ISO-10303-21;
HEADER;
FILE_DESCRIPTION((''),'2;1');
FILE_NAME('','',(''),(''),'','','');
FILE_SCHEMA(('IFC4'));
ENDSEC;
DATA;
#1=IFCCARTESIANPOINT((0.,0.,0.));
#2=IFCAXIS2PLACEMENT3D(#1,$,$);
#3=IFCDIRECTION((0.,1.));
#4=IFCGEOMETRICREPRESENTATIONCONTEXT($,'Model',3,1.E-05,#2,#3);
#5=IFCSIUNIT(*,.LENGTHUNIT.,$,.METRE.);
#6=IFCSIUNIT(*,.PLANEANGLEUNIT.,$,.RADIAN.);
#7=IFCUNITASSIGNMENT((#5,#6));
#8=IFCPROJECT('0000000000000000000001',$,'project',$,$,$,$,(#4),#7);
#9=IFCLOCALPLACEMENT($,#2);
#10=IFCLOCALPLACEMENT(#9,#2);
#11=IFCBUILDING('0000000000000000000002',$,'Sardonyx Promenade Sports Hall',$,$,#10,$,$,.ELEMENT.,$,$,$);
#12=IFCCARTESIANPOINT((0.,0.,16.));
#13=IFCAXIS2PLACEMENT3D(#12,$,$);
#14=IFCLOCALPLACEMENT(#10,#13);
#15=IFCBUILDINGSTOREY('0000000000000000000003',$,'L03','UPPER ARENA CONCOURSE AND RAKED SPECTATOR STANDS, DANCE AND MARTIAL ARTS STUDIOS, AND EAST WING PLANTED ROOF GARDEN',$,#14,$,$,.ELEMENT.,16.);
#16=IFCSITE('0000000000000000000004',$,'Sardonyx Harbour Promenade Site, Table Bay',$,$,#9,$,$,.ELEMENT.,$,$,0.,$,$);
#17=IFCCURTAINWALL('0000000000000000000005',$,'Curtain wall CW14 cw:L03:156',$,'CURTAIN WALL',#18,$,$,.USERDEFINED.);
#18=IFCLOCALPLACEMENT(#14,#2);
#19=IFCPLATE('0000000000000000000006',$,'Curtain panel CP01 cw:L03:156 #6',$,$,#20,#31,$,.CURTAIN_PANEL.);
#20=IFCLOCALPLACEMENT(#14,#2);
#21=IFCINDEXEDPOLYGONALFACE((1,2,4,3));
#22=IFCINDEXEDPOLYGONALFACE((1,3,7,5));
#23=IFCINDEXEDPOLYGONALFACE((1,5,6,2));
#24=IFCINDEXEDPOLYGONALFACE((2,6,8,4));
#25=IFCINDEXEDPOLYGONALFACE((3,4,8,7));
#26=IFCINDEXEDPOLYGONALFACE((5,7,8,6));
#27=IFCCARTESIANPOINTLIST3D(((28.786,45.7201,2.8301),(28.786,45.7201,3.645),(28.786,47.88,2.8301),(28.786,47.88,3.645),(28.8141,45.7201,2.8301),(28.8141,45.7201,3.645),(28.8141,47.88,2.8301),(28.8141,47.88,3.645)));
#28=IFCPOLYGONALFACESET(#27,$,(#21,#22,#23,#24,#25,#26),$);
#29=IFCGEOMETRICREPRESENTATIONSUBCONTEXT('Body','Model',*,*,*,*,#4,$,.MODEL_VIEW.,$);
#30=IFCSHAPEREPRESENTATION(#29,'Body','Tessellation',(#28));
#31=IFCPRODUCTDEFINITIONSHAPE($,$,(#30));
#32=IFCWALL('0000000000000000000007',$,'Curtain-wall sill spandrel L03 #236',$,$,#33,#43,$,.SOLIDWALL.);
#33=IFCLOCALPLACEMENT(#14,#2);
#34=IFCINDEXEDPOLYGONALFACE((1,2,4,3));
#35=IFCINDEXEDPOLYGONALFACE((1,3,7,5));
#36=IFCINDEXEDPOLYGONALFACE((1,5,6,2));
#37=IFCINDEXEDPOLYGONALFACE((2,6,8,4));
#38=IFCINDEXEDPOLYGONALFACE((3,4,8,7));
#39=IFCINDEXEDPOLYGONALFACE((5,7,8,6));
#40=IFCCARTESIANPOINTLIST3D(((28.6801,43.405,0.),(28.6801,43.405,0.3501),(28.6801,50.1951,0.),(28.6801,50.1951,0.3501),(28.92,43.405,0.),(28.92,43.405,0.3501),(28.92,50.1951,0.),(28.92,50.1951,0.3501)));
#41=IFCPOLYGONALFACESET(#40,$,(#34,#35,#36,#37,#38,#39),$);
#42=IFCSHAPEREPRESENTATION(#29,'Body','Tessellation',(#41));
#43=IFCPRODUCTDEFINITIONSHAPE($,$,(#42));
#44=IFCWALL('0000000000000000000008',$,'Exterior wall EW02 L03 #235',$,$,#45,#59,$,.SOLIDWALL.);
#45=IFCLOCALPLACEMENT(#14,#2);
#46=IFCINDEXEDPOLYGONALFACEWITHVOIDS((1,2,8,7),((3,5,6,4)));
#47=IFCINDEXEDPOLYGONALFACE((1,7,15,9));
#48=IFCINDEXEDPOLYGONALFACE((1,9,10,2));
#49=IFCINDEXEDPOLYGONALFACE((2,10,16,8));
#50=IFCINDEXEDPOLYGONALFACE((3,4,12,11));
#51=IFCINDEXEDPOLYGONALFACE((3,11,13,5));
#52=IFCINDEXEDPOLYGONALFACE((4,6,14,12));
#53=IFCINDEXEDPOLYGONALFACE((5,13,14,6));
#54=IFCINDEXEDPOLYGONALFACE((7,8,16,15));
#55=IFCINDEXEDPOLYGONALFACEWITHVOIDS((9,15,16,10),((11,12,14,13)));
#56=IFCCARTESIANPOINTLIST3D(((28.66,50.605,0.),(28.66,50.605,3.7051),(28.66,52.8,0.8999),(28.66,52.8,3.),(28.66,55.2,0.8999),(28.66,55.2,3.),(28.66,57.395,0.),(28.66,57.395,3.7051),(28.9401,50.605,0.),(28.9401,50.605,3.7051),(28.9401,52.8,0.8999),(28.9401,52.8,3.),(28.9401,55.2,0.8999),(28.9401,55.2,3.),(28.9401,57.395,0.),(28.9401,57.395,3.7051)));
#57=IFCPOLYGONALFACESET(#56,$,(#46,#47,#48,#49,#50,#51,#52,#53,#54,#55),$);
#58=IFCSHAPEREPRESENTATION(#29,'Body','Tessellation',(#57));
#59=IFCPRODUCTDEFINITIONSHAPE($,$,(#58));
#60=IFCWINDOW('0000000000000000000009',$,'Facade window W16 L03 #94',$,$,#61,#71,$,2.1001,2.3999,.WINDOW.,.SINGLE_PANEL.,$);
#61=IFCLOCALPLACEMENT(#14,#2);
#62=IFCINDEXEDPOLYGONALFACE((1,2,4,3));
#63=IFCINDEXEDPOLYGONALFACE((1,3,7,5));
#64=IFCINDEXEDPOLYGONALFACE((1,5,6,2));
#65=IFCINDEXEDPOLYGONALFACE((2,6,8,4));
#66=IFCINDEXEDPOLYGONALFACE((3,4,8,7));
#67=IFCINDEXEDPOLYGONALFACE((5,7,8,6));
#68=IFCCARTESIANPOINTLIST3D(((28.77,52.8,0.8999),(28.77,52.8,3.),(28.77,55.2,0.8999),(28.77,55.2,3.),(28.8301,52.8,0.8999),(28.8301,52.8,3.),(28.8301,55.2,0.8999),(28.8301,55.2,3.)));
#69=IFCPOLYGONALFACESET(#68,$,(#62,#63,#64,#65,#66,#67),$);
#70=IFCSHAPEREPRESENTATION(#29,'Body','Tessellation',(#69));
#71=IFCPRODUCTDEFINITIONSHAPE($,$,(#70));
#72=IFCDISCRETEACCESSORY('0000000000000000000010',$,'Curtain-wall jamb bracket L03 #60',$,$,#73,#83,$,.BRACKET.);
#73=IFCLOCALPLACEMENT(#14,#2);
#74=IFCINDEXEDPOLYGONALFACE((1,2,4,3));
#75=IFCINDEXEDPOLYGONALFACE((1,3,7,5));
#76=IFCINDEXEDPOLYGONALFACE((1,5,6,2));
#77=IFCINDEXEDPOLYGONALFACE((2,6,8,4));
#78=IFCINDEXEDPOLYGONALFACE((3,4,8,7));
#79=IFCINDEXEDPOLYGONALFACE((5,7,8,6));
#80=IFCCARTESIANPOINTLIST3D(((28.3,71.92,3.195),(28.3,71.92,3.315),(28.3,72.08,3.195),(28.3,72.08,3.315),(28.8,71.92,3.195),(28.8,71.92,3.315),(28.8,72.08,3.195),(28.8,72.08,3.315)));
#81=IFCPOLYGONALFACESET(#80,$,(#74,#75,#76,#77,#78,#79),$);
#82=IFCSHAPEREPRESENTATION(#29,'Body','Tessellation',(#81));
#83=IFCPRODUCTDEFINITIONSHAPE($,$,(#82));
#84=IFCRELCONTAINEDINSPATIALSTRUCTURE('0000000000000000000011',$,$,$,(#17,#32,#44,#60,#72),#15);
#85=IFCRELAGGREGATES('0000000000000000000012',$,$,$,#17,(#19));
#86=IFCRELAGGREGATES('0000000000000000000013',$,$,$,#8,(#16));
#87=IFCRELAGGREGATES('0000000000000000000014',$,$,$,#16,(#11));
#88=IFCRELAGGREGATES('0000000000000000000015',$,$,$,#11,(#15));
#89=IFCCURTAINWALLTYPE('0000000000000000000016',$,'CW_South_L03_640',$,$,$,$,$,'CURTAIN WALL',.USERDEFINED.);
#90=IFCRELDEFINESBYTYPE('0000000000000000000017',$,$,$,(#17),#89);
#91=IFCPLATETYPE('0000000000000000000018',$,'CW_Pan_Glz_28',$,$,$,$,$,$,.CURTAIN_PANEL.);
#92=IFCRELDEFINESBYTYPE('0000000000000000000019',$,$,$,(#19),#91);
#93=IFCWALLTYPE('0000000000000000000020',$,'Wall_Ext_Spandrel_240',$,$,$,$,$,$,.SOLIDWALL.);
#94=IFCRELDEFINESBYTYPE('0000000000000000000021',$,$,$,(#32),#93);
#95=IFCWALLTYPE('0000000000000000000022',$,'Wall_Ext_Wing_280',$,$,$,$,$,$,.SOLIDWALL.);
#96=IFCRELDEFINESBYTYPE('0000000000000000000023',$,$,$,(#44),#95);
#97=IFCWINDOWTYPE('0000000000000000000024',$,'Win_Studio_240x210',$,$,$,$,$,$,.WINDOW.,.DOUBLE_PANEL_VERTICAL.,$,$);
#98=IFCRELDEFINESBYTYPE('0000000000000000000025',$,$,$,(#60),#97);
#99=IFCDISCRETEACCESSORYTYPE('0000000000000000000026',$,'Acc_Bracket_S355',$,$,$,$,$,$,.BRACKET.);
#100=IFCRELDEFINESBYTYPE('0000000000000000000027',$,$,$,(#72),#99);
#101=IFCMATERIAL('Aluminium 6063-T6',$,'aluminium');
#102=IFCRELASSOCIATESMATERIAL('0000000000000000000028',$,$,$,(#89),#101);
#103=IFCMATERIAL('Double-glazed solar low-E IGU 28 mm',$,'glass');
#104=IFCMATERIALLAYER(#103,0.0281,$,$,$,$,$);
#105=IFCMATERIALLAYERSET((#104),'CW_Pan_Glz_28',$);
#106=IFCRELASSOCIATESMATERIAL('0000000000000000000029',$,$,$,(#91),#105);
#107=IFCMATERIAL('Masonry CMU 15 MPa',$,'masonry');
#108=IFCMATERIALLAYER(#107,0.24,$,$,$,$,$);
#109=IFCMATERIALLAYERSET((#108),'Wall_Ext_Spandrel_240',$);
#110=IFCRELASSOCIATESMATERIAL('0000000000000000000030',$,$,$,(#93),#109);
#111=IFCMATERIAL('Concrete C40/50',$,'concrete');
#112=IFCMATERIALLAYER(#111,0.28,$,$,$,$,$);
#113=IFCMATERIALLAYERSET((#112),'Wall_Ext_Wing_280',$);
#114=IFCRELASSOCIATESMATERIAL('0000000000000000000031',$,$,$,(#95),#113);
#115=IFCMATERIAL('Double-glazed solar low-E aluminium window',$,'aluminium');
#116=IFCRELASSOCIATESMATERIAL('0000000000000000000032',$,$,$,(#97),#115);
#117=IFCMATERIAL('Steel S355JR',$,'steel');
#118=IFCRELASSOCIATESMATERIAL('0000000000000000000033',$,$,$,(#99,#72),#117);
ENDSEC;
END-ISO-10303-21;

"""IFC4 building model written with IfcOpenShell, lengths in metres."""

from ifc_helpers import new_model, si_unit, direction, frame, frame_2d, origin, origin_2d, place, context, subcontext, project, spatial, rectangle, extrude, material, layer, layer_set, type_object, element, fill, aggregate, save


model = new_model("IFC4")

# Units and contexts
model_context = context("Model", 3, precision=1e-05, world=origin(), true_north=direction((0.0, 1.0)))
body_context = subcontext(model_context, "Body", "Model", "MODEL_VIEW")
ifc_project = project(units=[si_unit("LENGTHUNIT", "METRE"), si_unit("PLANEANGLEUNIT", "RADIAN")], contexts=[model_context])

# Site, building, storey
site_placement = place(None, origin())
site = spatial("IfcSite", under=ifc_project, at=site_placement, Name="Sardonyx Harbour Promenade Site, Table Bay", CompositionType="ELEMENT", RefElevation=0.0)
building_placement = place(site_placement, origin())
building = spatial("IfcBuilding", under=site, at=building_placement, Name="Sardonyx Promenade Sports Hall", CompositionType="ELEMENT")
storey_placement = place(building_placement, frame((0.0, 0.0, 16.0)))
storey = spatial("IfcBuildingStorey", under=building, at=storey_placement, Name="L03", Description="UPPER ARENA CONCOURSE AND RAKED SPECTATOR STANDS, DANCE AND MARTIAL ARTS STUDIOS, AND EAST WING PLANTED ROOF GARDEN", CompositionType="ELEMENT", Elevation=16.0)

# Curtain wall
ifc_material_1 = material(Name="Aluminium 6063-T6", Category="aluminium")
curtain_wall_type = type_object("IfcCurtainWallType", Name="CW_South_L03_640", ElementType="CURTAIN WALL", PredefinedType="USERDEFINED", material=ifc_material_1)
curtain_wall_1_placement = place(storey_placement, origin())
curtain_wall_1 = element("IfcCurtainWall", 1, at=curtain_wall_1_placement, inside=storey, type_object=curtain_wall_type, Name="Curtain wall CW14 cw:L03:156", ObjectType="CURTAIN WALL", PredefinedType="USERDEFINED")

# Plate
ifc_material_2 = material(Name="Double-glazed solar low-E IGU 28 mm", Category="glass")
ifc_layer_1 = layer(ifc_material_2, 0.0281)
ifc_layer_set_1 = layer_set([ifc_layer_1], Name="CW_Pan_Glz_28")
plate_type = type_object("IfcPlateType", Name="CW_Pan_Glz_28", PredefinedType="CURTAIN_PANEL", material=ifc_layer_set_1)
plate_1_placement = place(storey_placement, frame((28.8, 46.8, 2.8301), z_axis=(0.0, 0.0, 1.0), x_axis=(0.0, -1.0, 0.0)))
plate_1 = element("IfcPlate", 2, at=plate_1_placement, type_object=plate_type, Name="Curtain panel CP01 cw:L03:156 #6", PredefinedType="CURTAIN_PANEL", context=body_context, shape_type="SweptSolid", body=[
    extrude(rectangle(XDim=2.1599, YDim=0.0281, at=origin_2d()), origin(), (0.0, 0.0, 1.0), 0.8149),
])
aggregate(curtain_wall_1, [plate_1])

# Wall
ifc_material_3 = material(Name="Masonry CMU 15 MPa", Category="masonry")
ifc_layer_2 = layer(ifc_material_3, 0.24)
ifc_layer_set_2 = layer_set([ifc_layer_2], Name="Wall_Ext_Spandrel_240")
wall_type_1 = type_object("IfcWallType", Name="Wall_Ext_Spandrel_240", PredefinedType="SOLIDWALL", material=ifc_layer_set_2)
wall_1_placement = place(storey_placement, frame((28.8, 50.1951, 0.0), z_axis=(0.0, 0.0, 1.0), x_axis=(0.0, -1.0, 0.0)))
element("IfcWall", 3, at=wall_1_placement, inside=storey, type_object=wall_type_1, Name="Curtain-wall sill spandrel L03 #236", PredefinedType="SOLIDWALL", context=body_context, shape_type="SweptSolid", body=[
    extrude(rectangle(XDim=6.79, YDim=0.24, at=frame_2d((3.395, 0.0))), origin(), (0.0, 0.0, 1.0), 0.3501),
])

# Wall, opening, window
ifc_material_4 = material(Name="Concrete C40/50", Category="concrete")
ifc_layer_3 = layer(ifc_material_4, 0.28)
ifc_layer_set_3 = layer_set([ifc_layer_3], Name="Wall_Ext_Wing_280")
wall_type_2 = type_object("IfcWallType", Name="Wall_Ext_Wing_280", PredefinedType="SOLIDWALL", material=ifc_layer_set_3)
wall_2_placement = place(storey_placement, frame((28.8, 57.395, 0.0), z_axis=(0.0, 0.0, 1.0), x_axis=(0.0, -1.0, 0.0)))
wall_2 = element("IfcWall", 4, at=wall_2_placement, inside=storey, type_object=wall_type_2, Name="Exterior wall EW02 L03 #235", PredefinedType="SOLIDWALL", context=body_context, shape_type="SweptSolid", body=[
    extrude(rectangle(XDim=6.79, YDim=0.28, at=frame_2d((3.395, 0.0))), origin(), (0.0, 0.0, 1.0), 3.7051),
])
opening_placement = place(wall_2_placement, frame((2.1951, 0.0, 0.8999)))
opening = element("IfcOpeningElement", 5, at=opening_placement, cuts=wall_2, PredefinedType="OPENING", context=body_context, shape_type="SweptSolid", body=[
    extrude(rectangle(XDim=2.3999, YDim=2.1001, at=frame_2d((1.2, 1.05))), frame((0.0, 0.15, 0.0), z_axis=(0.0, -1.0, 0.0), x_axis=(1.0, 0.0, 0.0)), (0.0, 0.0, 1.0), 0.3),
])
ifc_material_5 = material(Name="Double-glazed solar low-E aluminium window", Category="aluminium")
window_type = type_object("IfcWindowType", Name="Win_Studio_240x210", PartitioningType="DOUBLE_PANEL_VERTICAL", PredefinedType="WINDOW", material=ifc_material_5)
window_placement = place(opening_placement, origin())
window = element("IfcWindow", 6, at=window_placement, inside=storey, type_object=window_type, Name="Facade window W16 L03 #94", OverallHeight=2.1001, OverallWidth=2.3999, PartitioningType="SINGLE_PANEL", PredefinedType="WINDOW", context=body_context, shape_type="SweptSolid", body=[
    extrude(rectangle(XDim=2.3999, YDim=2.1001, at=frame_2d((1.2, 1.05))), frame((0.0, 0.03, 0.0), z_axis=(0.0, -1.0, 0.0), x_axis=(1.0, 0.0, 0.0)), (0.0, 0.0, 1.0), 0.0601),
])
fill(opening, window)

# Discrete accessory
ifc_material_6 = material(Name="Steel S355JR", Category="steel")
discrete_accessory_type = type_object("IfcDiscreteAccessoryType", Name="Acc_Bracket_S355", PredefinedType="BRACKET", material=ifc_material_6)
discrete_accessory_placement = place(storey_placement, frame((28.55, 72.0, 3.195), z_axis=(0.0, 0.0, 1.0), x_axis=(1.0, 0.0, 0.0)))
element("IfcDiscreteAccessory", 7, at=discrete_accessory_placement, inside=storey, type_object=discrete_accessory_type, material=ifc_material_6, Name="Curtain-wall jamb bracket L03 #60", PredefinedType="BRACKET", context=body_context, shape_type="SweptSolid", body=[
    extrude(rectangle(XDim=0.5, YDim=0.16), origin(), (0.0, 0.0, 1.0), 0.12),
])

save(model, "model.ifc")
